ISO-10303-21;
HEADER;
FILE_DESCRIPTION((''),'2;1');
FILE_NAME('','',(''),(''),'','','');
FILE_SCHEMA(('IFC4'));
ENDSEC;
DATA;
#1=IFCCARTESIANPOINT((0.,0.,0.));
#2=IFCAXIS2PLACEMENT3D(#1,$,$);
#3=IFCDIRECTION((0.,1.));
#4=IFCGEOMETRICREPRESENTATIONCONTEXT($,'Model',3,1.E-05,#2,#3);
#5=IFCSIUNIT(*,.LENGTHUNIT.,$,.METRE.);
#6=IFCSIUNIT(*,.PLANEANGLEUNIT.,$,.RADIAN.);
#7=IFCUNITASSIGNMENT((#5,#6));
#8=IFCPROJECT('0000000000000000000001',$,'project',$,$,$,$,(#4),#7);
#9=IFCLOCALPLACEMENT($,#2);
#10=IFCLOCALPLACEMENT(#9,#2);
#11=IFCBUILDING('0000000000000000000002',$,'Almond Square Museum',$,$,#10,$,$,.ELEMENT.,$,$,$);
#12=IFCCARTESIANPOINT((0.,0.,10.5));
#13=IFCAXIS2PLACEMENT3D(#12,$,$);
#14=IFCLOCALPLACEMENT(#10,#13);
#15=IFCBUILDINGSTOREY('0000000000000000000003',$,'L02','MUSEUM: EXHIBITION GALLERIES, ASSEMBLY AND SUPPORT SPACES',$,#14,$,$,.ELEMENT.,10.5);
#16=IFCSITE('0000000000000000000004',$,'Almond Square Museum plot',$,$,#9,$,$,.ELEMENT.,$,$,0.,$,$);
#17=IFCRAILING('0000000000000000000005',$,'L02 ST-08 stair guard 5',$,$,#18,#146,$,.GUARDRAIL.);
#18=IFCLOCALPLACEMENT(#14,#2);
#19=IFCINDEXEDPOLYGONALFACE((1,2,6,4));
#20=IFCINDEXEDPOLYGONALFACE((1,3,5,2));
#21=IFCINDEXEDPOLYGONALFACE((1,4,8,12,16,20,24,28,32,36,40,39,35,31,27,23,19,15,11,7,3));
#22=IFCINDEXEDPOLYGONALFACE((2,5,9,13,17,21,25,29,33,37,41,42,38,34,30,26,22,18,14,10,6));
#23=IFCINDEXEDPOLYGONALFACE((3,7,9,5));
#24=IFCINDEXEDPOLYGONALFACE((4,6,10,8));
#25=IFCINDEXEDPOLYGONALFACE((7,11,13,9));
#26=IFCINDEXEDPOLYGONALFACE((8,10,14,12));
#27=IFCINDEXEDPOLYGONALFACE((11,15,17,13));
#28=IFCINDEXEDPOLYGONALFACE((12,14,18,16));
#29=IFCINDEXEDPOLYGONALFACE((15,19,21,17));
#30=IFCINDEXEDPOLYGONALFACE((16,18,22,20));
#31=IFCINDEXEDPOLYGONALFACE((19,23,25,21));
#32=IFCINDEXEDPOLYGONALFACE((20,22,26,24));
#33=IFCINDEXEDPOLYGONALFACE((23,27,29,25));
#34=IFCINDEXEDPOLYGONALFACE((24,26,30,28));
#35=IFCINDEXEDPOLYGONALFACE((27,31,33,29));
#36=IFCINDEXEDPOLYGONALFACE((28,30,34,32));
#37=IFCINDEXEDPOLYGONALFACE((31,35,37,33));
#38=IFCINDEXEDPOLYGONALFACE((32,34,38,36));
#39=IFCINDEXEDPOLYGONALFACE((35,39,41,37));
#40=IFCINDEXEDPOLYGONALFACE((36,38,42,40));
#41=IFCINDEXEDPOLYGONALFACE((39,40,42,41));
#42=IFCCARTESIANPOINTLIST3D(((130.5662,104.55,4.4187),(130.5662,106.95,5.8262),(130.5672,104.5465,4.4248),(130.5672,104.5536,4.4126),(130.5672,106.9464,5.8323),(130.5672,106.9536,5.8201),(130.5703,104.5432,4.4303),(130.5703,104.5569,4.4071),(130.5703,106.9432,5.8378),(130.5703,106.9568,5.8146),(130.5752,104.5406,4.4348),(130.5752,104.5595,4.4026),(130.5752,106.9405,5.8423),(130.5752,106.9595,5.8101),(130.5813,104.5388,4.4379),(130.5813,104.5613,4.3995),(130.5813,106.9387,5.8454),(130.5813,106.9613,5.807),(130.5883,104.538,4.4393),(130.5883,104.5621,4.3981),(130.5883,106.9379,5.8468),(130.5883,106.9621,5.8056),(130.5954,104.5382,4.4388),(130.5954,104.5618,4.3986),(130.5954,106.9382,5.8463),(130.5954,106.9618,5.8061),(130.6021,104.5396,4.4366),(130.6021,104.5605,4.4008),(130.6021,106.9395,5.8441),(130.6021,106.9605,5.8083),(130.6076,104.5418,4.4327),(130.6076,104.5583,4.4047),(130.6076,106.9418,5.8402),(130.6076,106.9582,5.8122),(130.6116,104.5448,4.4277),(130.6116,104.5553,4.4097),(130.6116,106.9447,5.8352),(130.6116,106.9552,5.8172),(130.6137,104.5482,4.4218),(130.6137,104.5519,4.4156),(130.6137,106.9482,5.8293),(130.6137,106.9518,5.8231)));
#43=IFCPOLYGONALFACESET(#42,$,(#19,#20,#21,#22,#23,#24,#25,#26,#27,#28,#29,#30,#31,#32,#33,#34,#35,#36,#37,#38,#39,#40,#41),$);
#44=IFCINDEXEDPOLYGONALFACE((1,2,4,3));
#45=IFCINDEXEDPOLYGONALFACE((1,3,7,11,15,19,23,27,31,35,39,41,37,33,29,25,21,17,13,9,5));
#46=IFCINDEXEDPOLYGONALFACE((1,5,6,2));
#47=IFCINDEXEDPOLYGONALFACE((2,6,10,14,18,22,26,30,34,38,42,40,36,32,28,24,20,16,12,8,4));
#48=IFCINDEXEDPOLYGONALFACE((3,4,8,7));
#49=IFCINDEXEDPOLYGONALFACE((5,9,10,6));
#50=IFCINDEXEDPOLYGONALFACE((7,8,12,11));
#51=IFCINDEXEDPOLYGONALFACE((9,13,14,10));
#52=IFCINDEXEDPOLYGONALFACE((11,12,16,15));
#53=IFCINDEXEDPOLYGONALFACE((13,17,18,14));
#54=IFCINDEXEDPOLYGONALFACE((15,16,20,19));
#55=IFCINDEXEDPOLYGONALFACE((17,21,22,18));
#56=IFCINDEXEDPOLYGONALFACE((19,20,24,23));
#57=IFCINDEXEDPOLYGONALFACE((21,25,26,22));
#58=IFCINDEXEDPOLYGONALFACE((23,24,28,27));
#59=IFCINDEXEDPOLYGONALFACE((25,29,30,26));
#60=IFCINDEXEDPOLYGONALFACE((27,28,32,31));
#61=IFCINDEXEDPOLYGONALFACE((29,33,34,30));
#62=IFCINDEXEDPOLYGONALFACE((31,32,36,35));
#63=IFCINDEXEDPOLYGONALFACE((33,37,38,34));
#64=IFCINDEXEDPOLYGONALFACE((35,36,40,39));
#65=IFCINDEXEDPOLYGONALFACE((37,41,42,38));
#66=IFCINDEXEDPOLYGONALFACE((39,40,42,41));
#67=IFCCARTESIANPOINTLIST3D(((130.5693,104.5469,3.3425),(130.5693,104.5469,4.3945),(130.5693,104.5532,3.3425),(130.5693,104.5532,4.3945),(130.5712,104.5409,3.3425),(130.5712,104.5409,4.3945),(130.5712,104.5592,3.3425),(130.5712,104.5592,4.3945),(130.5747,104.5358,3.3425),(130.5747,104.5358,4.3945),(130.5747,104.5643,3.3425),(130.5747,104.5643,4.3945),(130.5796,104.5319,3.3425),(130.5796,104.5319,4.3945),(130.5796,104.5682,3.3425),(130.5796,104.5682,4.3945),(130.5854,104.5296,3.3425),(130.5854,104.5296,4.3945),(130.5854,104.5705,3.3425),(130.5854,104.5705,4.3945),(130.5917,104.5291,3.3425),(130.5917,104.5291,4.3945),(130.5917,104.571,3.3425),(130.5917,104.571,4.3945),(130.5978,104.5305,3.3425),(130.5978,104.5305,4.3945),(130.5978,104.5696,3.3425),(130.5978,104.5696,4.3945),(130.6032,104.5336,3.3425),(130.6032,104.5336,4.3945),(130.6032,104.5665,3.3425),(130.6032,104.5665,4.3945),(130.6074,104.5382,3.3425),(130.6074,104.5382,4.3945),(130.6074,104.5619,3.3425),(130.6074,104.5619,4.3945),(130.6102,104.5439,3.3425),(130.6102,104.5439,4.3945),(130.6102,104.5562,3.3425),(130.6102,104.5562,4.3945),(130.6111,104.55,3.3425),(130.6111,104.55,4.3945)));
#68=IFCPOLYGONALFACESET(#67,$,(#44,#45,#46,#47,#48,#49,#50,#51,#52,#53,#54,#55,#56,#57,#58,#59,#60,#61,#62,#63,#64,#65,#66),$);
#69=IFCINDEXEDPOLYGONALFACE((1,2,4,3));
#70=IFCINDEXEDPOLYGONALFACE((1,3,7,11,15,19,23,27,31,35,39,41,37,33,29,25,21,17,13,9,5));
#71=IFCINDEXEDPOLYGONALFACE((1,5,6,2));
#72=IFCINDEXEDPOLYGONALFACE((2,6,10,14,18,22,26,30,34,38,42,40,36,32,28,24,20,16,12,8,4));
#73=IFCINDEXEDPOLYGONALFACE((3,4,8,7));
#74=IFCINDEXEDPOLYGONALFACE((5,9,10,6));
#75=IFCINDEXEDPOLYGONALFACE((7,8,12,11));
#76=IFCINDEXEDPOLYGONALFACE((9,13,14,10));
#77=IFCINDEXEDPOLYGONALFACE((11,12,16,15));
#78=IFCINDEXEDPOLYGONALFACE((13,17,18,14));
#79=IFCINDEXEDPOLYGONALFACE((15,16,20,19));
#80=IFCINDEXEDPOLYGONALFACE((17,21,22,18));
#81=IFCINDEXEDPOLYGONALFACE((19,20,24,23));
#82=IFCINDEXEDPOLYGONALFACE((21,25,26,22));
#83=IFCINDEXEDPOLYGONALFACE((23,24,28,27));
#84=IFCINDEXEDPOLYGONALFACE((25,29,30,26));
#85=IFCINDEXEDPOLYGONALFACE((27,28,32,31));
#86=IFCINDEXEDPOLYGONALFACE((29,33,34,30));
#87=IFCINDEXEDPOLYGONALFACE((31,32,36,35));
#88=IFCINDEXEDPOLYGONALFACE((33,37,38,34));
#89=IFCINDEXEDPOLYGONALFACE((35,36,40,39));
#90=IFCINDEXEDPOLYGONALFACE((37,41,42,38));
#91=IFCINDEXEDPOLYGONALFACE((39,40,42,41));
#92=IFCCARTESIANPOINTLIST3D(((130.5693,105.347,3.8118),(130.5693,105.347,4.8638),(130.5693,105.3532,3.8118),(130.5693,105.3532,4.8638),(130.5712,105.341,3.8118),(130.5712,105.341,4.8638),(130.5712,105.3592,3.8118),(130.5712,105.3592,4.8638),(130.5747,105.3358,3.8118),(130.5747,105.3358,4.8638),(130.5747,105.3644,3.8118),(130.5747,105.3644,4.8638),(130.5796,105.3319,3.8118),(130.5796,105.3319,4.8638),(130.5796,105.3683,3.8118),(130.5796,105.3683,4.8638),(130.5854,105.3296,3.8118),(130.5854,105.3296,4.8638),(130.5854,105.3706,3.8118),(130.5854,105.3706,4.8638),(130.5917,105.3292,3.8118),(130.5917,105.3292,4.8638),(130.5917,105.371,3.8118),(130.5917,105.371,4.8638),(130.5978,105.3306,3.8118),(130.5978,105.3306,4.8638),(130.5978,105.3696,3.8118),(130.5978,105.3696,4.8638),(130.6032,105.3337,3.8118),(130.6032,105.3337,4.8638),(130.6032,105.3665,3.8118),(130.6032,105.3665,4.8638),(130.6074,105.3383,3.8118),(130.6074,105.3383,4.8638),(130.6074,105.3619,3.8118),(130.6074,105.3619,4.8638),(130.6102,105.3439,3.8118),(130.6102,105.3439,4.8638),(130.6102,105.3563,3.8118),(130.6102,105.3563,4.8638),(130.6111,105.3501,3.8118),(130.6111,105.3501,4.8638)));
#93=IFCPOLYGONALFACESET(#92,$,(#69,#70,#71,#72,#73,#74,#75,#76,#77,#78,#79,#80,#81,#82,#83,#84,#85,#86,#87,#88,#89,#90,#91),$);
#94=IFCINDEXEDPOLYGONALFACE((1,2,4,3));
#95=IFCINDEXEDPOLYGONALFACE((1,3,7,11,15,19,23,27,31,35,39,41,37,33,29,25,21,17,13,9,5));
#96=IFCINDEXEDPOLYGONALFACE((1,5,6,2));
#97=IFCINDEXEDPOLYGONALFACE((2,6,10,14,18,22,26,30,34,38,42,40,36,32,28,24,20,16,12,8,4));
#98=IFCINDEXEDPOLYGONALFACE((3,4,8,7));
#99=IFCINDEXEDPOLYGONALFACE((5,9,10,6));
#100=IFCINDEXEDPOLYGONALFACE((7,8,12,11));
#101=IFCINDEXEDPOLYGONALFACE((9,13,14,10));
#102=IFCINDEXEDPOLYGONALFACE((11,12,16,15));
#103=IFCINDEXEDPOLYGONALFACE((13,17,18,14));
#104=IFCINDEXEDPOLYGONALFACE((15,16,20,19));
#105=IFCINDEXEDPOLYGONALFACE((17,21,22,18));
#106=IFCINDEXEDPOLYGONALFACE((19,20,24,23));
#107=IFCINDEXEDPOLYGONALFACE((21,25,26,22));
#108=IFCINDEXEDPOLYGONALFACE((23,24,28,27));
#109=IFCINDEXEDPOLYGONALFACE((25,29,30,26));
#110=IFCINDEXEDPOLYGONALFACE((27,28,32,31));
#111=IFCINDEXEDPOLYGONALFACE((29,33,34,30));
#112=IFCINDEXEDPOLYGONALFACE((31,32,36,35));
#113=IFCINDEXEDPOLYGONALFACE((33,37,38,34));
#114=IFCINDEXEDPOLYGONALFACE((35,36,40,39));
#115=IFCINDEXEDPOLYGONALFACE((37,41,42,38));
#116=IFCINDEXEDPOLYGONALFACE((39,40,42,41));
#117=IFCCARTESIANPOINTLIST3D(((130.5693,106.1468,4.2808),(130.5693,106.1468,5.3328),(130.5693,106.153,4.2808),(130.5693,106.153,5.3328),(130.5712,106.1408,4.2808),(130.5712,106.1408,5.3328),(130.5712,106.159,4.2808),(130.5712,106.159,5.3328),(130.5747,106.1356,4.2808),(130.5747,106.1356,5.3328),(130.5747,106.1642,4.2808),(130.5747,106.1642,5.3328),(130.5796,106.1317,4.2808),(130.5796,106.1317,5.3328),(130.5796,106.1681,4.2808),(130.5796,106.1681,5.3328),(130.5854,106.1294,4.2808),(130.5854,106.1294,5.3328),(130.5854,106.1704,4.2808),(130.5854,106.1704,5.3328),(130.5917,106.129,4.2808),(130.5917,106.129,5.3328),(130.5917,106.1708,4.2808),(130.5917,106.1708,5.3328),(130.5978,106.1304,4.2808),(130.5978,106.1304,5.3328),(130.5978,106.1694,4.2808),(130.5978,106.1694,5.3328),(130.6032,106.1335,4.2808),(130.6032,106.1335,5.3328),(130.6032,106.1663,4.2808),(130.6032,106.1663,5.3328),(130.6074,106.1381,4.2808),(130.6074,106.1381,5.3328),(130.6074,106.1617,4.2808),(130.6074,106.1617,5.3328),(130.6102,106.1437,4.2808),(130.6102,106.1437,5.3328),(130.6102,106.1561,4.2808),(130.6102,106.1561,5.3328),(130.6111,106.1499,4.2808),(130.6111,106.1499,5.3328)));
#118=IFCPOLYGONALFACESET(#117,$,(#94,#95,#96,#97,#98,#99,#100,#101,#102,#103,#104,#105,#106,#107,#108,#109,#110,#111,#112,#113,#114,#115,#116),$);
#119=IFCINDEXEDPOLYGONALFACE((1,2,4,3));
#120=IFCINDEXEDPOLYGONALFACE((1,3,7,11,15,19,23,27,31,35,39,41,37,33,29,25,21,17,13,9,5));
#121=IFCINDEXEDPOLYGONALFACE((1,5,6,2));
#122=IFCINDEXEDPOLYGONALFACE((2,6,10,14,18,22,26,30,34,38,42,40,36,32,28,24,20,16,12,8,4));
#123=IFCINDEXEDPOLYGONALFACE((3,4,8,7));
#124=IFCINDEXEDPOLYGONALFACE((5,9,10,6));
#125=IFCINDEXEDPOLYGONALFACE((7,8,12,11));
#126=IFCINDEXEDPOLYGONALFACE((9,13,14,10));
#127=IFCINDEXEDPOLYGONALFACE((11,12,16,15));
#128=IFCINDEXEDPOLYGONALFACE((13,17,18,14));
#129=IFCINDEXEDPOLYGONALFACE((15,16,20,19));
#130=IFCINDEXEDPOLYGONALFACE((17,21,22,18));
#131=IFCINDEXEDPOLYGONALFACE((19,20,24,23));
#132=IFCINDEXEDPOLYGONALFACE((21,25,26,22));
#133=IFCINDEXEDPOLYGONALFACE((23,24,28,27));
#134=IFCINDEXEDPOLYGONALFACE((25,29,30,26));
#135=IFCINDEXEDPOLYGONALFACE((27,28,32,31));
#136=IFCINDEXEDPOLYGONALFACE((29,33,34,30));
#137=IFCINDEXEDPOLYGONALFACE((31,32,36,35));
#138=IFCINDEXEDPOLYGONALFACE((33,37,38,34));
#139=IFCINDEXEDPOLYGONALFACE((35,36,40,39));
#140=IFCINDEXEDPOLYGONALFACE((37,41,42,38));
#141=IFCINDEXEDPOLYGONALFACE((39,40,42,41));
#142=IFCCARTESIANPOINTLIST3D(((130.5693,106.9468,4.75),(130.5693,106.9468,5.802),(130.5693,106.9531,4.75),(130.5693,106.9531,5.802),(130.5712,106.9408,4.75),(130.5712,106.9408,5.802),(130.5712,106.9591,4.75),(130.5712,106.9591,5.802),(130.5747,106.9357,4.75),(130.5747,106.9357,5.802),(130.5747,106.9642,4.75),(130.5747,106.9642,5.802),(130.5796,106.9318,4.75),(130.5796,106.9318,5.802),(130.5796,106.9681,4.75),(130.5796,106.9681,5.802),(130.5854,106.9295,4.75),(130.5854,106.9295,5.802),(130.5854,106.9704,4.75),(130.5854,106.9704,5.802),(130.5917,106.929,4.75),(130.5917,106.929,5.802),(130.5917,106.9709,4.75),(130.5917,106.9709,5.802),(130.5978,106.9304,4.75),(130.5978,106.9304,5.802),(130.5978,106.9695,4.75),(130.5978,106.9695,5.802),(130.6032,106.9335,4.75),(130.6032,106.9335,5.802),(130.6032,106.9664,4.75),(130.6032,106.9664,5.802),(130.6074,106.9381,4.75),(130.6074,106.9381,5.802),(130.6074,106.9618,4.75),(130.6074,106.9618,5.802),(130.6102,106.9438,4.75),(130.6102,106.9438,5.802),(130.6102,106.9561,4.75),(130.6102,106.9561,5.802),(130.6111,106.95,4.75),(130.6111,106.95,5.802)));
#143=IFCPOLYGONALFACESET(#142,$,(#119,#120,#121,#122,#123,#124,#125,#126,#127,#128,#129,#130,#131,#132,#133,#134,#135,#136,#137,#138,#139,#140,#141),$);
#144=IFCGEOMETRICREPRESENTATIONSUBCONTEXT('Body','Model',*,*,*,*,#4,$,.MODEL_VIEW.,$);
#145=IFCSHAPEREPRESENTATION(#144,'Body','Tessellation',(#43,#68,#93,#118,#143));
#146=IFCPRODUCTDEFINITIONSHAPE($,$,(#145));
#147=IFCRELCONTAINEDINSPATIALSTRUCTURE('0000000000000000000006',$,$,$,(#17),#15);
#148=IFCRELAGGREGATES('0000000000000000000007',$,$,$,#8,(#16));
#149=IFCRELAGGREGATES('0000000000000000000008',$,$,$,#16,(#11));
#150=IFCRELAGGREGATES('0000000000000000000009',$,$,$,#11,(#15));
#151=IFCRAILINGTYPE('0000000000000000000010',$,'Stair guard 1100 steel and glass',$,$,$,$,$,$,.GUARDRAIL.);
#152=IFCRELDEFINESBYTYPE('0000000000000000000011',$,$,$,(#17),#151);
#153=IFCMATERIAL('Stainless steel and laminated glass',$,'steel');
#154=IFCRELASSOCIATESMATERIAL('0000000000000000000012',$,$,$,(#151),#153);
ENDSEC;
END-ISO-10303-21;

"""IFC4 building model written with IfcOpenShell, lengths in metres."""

from ifc_helpers import new_model, si_unit, direction, frame, origin, origin_2d, place, context, subcontext, project, spatial, circle, extrude, material, type_object, element, save


model = new_model("IFC4")

# Units and contexts
model_context = context("Model", 3, precision=1e-05, world=origin(), true_north=direction((0.0, 1.0)))
body_context = subcontext(model_context, "Body", "Model", "MODEL_VIEW")
ifc_project = project(units=[si_unit("LENGTHUNIT", "METRE"), si_unit("PLANEANGLEUNIT", "RADIAN")], contexts=[model_context])

# Site, building, storey
site_placement = place(None, origin())
site = spatial("IfcSite", under=ifc_project, at=site_placement, Name="Almond Square Museum plot", CompositionType="ELEMENT", RefElevation=0.0)
building_placement = place(site_placement, origin())
building = spatial("IfcBuilding", under=site, at=building_placement, Name="Almond Square Museum", CompositionType="ELEMENT")
storey_placement = place(building_placement, frame((0.0, 0.0, 10.5)))
storey = spatial("IfcBuildingStorey", under=building, at=storey_placement, Name="L02", Description="MUSEUM: EXHIBITION GALLERIES, ASSEMBLY AND SUPPORT SPACES", CompositionType="ELEMENT", Elevation=10.5)

# Railing
ifc_material_1 = material(Name="Stainless steel and laminated glass", Category="steel")
railing_type_1 = type_object("IfcRailingType", Name="Stair guard 1100 steel and glass", PredefinedType="GUARDRAIL", material=ifc_material_1)
railing_1_placement = place(storey_placement, frame((130.5901, 104.55, 3.3425)))
element("IfcRailing", 1, at=railing_1_placement, inside=storey, type_object=railing_type_1, Name="L02 ST-08 stair guard 5", PredefinedType="GUARDRAIL", context=body_context, shape_type="SweptSolid", body=[
    extrude(circle(Radius=0.0239, at=origin_2d()), frame((0.0, 0.0, 1.0762), z_axis=(0.0, 0.862599, 0.505888), x_axis=(-1.0, 0.0, 0.0)), (0.0, 0.0, 1.0), 2.7822),
    extrude(circle(Radius=0.021, at=origin_2d()), origin(), (0.0, 0.0, 1.0), 1.052),
    extrude(circle(Radius=0.021, at=origin_2d()), frame((0.0, 0.8, 0.4692)), (0.0, 0.0, 1.0), 1.052),
    extrude(circle(Radius=0.021, at=origin_2d()), frame((0.0, 1.5999, 0.9382)), (0.0, 0.0, 1.0), 1.052),
    extrude(circle(Radius=0.021, at=origin_2d()), frame((0.0, 2.3999, 1.4075)), (0.0, 0.0, 1.0), 1.052),
])

save(model, "model.ifc")
